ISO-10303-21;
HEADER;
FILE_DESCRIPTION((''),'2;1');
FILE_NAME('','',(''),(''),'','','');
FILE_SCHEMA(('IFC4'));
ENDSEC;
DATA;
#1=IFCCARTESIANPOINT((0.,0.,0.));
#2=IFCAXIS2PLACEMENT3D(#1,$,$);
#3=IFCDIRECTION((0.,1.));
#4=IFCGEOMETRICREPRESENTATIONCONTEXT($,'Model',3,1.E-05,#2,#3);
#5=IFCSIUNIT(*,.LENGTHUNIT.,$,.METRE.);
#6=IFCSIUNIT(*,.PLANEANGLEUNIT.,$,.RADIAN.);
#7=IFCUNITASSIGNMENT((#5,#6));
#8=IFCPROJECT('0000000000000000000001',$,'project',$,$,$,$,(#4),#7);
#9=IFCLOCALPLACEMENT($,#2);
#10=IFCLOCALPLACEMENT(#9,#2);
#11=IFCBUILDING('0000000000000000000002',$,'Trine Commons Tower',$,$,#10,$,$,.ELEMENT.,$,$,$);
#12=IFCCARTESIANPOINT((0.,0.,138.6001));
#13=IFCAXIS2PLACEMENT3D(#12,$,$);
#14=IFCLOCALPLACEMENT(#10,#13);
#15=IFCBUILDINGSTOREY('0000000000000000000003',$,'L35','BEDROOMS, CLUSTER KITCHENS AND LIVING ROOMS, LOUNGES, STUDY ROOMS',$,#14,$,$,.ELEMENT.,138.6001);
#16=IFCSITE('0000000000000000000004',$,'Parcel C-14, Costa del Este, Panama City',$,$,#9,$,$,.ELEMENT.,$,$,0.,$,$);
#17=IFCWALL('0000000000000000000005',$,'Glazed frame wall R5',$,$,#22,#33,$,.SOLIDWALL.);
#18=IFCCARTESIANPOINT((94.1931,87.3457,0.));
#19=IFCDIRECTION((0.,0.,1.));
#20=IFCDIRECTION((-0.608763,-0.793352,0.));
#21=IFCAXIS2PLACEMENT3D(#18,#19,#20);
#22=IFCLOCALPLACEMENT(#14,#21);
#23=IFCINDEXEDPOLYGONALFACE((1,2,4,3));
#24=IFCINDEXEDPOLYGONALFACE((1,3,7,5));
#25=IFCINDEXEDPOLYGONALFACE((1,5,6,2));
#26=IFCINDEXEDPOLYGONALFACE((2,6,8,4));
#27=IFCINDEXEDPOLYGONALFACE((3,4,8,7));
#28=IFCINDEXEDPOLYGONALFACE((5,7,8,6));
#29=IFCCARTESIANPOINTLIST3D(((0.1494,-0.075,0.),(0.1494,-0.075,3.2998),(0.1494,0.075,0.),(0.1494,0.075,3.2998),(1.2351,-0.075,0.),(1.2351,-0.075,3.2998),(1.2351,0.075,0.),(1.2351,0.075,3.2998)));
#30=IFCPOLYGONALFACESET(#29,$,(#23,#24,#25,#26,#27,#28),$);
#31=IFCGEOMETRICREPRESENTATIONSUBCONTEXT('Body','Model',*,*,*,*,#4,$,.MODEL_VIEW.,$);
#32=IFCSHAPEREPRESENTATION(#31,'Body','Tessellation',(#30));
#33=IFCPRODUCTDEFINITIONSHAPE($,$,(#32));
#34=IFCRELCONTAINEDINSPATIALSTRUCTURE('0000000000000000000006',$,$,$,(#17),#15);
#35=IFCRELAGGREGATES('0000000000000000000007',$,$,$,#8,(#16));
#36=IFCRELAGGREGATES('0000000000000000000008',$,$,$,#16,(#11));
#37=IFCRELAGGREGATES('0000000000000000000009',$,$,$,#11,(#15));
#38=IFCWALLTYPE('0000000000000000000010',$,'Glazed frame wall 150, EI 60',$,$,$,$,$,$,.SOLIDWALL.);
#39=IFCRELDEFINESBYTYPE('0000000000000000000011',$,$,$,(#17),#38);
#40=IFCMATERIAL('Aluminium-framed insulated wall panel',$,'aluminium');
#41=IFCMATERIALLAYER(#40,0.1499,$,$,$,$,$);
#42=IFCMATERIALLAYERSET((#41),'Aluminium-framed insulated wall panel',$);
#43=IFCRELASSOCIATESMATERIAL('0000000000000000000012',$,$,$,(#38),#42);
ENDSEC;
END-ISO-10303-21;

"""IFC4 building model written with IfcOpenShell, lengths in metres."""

from ifc_helpers import new_model, si_unit, direction, frame, origin, place, context, subcontext, project, spatial, polyline, outline, extrude, material, layer, layer_set, type_object, element, save


model = new_model("IFC4")

# Units and contexts
model_context = context("Model", 3, precision=1e-05, world=origin(), true_north=direction((0.0, 1.0)))
body_context = subcontext(model_context, "Body", "Model", "MODEL_VIEW")
ifc_project = project(units=[si_unit("LENGTHUNIT", "METRE"), si_unit("PLANEANGLEUNIT", "RADIAN")], contexts=[model_context])

# Site, building, storey
site_placement = place(None, origin())
site = spatial("IfcSite", under=ifc_project, at=site_placement, Name="Parcel C-14, Costa del Este, Panama City", CompositionType="ELEMENT", RefElevation=0.0)
building_placement = place(site_placement, origin())
building = spatial("IfcBuilding", under=site, at=building_placement, Name="Trine Commons Tower", CompositionType="ELEMENT")
storey_placement = place(building_placement, frame((0.0, 0.0, 138.6001)))
storey = spatial("IfcBuildingStorey", under=building, at=storey_placement, Name="L35", Description="BEDROOMS, CLUSTER KITCHENS AND LIVING ROOMS, LOUNGES, STUDY ROOMS", CompositionType="ELEMENT", Elevation=138.6001)

# Wall
ifc_material_1 = material(Name="Aluminium-framed insulated wall panel", Category="aluminium")
ifc_layer_1 = layer(ifc_material_1, 0.1499)
ifc_layer_set_1 = layer_set([ifc_layer_1], Name="Aluminium-framed insulated wall panel")
wall_type_1 = type_object("IfcWallType", Name="Glazed frame wall 150, EI 60", PredefinedType="SOLIDWALL", material=ifc_layer_set_1)
wall_1_placement = place(storey_placement, frame((94.1931, 87.3457, 0.0), z_axis=(0.0, 0.0, 1.0), x_axis=(-0.608763, -0.793352, 0.0)))
element("IfcWall", 1, at=wall_1_placement, inside=storey, type_object=wall_type_1, Name="Glazed frame wall R5", PredefinedType="SOLIDWALL", context=body_context, shape_type="SweptSolid", body=[
    extrude(outline(polyline([(0.1494, 0.075), (0.1494, -0.075), (1.2351, -0.075), (1.2351, 0.075), (0.1494, 0.075)])), origin(), (0.0, 0.0, 1.0), 3.2998),
])

save(model, "model.ifc")
